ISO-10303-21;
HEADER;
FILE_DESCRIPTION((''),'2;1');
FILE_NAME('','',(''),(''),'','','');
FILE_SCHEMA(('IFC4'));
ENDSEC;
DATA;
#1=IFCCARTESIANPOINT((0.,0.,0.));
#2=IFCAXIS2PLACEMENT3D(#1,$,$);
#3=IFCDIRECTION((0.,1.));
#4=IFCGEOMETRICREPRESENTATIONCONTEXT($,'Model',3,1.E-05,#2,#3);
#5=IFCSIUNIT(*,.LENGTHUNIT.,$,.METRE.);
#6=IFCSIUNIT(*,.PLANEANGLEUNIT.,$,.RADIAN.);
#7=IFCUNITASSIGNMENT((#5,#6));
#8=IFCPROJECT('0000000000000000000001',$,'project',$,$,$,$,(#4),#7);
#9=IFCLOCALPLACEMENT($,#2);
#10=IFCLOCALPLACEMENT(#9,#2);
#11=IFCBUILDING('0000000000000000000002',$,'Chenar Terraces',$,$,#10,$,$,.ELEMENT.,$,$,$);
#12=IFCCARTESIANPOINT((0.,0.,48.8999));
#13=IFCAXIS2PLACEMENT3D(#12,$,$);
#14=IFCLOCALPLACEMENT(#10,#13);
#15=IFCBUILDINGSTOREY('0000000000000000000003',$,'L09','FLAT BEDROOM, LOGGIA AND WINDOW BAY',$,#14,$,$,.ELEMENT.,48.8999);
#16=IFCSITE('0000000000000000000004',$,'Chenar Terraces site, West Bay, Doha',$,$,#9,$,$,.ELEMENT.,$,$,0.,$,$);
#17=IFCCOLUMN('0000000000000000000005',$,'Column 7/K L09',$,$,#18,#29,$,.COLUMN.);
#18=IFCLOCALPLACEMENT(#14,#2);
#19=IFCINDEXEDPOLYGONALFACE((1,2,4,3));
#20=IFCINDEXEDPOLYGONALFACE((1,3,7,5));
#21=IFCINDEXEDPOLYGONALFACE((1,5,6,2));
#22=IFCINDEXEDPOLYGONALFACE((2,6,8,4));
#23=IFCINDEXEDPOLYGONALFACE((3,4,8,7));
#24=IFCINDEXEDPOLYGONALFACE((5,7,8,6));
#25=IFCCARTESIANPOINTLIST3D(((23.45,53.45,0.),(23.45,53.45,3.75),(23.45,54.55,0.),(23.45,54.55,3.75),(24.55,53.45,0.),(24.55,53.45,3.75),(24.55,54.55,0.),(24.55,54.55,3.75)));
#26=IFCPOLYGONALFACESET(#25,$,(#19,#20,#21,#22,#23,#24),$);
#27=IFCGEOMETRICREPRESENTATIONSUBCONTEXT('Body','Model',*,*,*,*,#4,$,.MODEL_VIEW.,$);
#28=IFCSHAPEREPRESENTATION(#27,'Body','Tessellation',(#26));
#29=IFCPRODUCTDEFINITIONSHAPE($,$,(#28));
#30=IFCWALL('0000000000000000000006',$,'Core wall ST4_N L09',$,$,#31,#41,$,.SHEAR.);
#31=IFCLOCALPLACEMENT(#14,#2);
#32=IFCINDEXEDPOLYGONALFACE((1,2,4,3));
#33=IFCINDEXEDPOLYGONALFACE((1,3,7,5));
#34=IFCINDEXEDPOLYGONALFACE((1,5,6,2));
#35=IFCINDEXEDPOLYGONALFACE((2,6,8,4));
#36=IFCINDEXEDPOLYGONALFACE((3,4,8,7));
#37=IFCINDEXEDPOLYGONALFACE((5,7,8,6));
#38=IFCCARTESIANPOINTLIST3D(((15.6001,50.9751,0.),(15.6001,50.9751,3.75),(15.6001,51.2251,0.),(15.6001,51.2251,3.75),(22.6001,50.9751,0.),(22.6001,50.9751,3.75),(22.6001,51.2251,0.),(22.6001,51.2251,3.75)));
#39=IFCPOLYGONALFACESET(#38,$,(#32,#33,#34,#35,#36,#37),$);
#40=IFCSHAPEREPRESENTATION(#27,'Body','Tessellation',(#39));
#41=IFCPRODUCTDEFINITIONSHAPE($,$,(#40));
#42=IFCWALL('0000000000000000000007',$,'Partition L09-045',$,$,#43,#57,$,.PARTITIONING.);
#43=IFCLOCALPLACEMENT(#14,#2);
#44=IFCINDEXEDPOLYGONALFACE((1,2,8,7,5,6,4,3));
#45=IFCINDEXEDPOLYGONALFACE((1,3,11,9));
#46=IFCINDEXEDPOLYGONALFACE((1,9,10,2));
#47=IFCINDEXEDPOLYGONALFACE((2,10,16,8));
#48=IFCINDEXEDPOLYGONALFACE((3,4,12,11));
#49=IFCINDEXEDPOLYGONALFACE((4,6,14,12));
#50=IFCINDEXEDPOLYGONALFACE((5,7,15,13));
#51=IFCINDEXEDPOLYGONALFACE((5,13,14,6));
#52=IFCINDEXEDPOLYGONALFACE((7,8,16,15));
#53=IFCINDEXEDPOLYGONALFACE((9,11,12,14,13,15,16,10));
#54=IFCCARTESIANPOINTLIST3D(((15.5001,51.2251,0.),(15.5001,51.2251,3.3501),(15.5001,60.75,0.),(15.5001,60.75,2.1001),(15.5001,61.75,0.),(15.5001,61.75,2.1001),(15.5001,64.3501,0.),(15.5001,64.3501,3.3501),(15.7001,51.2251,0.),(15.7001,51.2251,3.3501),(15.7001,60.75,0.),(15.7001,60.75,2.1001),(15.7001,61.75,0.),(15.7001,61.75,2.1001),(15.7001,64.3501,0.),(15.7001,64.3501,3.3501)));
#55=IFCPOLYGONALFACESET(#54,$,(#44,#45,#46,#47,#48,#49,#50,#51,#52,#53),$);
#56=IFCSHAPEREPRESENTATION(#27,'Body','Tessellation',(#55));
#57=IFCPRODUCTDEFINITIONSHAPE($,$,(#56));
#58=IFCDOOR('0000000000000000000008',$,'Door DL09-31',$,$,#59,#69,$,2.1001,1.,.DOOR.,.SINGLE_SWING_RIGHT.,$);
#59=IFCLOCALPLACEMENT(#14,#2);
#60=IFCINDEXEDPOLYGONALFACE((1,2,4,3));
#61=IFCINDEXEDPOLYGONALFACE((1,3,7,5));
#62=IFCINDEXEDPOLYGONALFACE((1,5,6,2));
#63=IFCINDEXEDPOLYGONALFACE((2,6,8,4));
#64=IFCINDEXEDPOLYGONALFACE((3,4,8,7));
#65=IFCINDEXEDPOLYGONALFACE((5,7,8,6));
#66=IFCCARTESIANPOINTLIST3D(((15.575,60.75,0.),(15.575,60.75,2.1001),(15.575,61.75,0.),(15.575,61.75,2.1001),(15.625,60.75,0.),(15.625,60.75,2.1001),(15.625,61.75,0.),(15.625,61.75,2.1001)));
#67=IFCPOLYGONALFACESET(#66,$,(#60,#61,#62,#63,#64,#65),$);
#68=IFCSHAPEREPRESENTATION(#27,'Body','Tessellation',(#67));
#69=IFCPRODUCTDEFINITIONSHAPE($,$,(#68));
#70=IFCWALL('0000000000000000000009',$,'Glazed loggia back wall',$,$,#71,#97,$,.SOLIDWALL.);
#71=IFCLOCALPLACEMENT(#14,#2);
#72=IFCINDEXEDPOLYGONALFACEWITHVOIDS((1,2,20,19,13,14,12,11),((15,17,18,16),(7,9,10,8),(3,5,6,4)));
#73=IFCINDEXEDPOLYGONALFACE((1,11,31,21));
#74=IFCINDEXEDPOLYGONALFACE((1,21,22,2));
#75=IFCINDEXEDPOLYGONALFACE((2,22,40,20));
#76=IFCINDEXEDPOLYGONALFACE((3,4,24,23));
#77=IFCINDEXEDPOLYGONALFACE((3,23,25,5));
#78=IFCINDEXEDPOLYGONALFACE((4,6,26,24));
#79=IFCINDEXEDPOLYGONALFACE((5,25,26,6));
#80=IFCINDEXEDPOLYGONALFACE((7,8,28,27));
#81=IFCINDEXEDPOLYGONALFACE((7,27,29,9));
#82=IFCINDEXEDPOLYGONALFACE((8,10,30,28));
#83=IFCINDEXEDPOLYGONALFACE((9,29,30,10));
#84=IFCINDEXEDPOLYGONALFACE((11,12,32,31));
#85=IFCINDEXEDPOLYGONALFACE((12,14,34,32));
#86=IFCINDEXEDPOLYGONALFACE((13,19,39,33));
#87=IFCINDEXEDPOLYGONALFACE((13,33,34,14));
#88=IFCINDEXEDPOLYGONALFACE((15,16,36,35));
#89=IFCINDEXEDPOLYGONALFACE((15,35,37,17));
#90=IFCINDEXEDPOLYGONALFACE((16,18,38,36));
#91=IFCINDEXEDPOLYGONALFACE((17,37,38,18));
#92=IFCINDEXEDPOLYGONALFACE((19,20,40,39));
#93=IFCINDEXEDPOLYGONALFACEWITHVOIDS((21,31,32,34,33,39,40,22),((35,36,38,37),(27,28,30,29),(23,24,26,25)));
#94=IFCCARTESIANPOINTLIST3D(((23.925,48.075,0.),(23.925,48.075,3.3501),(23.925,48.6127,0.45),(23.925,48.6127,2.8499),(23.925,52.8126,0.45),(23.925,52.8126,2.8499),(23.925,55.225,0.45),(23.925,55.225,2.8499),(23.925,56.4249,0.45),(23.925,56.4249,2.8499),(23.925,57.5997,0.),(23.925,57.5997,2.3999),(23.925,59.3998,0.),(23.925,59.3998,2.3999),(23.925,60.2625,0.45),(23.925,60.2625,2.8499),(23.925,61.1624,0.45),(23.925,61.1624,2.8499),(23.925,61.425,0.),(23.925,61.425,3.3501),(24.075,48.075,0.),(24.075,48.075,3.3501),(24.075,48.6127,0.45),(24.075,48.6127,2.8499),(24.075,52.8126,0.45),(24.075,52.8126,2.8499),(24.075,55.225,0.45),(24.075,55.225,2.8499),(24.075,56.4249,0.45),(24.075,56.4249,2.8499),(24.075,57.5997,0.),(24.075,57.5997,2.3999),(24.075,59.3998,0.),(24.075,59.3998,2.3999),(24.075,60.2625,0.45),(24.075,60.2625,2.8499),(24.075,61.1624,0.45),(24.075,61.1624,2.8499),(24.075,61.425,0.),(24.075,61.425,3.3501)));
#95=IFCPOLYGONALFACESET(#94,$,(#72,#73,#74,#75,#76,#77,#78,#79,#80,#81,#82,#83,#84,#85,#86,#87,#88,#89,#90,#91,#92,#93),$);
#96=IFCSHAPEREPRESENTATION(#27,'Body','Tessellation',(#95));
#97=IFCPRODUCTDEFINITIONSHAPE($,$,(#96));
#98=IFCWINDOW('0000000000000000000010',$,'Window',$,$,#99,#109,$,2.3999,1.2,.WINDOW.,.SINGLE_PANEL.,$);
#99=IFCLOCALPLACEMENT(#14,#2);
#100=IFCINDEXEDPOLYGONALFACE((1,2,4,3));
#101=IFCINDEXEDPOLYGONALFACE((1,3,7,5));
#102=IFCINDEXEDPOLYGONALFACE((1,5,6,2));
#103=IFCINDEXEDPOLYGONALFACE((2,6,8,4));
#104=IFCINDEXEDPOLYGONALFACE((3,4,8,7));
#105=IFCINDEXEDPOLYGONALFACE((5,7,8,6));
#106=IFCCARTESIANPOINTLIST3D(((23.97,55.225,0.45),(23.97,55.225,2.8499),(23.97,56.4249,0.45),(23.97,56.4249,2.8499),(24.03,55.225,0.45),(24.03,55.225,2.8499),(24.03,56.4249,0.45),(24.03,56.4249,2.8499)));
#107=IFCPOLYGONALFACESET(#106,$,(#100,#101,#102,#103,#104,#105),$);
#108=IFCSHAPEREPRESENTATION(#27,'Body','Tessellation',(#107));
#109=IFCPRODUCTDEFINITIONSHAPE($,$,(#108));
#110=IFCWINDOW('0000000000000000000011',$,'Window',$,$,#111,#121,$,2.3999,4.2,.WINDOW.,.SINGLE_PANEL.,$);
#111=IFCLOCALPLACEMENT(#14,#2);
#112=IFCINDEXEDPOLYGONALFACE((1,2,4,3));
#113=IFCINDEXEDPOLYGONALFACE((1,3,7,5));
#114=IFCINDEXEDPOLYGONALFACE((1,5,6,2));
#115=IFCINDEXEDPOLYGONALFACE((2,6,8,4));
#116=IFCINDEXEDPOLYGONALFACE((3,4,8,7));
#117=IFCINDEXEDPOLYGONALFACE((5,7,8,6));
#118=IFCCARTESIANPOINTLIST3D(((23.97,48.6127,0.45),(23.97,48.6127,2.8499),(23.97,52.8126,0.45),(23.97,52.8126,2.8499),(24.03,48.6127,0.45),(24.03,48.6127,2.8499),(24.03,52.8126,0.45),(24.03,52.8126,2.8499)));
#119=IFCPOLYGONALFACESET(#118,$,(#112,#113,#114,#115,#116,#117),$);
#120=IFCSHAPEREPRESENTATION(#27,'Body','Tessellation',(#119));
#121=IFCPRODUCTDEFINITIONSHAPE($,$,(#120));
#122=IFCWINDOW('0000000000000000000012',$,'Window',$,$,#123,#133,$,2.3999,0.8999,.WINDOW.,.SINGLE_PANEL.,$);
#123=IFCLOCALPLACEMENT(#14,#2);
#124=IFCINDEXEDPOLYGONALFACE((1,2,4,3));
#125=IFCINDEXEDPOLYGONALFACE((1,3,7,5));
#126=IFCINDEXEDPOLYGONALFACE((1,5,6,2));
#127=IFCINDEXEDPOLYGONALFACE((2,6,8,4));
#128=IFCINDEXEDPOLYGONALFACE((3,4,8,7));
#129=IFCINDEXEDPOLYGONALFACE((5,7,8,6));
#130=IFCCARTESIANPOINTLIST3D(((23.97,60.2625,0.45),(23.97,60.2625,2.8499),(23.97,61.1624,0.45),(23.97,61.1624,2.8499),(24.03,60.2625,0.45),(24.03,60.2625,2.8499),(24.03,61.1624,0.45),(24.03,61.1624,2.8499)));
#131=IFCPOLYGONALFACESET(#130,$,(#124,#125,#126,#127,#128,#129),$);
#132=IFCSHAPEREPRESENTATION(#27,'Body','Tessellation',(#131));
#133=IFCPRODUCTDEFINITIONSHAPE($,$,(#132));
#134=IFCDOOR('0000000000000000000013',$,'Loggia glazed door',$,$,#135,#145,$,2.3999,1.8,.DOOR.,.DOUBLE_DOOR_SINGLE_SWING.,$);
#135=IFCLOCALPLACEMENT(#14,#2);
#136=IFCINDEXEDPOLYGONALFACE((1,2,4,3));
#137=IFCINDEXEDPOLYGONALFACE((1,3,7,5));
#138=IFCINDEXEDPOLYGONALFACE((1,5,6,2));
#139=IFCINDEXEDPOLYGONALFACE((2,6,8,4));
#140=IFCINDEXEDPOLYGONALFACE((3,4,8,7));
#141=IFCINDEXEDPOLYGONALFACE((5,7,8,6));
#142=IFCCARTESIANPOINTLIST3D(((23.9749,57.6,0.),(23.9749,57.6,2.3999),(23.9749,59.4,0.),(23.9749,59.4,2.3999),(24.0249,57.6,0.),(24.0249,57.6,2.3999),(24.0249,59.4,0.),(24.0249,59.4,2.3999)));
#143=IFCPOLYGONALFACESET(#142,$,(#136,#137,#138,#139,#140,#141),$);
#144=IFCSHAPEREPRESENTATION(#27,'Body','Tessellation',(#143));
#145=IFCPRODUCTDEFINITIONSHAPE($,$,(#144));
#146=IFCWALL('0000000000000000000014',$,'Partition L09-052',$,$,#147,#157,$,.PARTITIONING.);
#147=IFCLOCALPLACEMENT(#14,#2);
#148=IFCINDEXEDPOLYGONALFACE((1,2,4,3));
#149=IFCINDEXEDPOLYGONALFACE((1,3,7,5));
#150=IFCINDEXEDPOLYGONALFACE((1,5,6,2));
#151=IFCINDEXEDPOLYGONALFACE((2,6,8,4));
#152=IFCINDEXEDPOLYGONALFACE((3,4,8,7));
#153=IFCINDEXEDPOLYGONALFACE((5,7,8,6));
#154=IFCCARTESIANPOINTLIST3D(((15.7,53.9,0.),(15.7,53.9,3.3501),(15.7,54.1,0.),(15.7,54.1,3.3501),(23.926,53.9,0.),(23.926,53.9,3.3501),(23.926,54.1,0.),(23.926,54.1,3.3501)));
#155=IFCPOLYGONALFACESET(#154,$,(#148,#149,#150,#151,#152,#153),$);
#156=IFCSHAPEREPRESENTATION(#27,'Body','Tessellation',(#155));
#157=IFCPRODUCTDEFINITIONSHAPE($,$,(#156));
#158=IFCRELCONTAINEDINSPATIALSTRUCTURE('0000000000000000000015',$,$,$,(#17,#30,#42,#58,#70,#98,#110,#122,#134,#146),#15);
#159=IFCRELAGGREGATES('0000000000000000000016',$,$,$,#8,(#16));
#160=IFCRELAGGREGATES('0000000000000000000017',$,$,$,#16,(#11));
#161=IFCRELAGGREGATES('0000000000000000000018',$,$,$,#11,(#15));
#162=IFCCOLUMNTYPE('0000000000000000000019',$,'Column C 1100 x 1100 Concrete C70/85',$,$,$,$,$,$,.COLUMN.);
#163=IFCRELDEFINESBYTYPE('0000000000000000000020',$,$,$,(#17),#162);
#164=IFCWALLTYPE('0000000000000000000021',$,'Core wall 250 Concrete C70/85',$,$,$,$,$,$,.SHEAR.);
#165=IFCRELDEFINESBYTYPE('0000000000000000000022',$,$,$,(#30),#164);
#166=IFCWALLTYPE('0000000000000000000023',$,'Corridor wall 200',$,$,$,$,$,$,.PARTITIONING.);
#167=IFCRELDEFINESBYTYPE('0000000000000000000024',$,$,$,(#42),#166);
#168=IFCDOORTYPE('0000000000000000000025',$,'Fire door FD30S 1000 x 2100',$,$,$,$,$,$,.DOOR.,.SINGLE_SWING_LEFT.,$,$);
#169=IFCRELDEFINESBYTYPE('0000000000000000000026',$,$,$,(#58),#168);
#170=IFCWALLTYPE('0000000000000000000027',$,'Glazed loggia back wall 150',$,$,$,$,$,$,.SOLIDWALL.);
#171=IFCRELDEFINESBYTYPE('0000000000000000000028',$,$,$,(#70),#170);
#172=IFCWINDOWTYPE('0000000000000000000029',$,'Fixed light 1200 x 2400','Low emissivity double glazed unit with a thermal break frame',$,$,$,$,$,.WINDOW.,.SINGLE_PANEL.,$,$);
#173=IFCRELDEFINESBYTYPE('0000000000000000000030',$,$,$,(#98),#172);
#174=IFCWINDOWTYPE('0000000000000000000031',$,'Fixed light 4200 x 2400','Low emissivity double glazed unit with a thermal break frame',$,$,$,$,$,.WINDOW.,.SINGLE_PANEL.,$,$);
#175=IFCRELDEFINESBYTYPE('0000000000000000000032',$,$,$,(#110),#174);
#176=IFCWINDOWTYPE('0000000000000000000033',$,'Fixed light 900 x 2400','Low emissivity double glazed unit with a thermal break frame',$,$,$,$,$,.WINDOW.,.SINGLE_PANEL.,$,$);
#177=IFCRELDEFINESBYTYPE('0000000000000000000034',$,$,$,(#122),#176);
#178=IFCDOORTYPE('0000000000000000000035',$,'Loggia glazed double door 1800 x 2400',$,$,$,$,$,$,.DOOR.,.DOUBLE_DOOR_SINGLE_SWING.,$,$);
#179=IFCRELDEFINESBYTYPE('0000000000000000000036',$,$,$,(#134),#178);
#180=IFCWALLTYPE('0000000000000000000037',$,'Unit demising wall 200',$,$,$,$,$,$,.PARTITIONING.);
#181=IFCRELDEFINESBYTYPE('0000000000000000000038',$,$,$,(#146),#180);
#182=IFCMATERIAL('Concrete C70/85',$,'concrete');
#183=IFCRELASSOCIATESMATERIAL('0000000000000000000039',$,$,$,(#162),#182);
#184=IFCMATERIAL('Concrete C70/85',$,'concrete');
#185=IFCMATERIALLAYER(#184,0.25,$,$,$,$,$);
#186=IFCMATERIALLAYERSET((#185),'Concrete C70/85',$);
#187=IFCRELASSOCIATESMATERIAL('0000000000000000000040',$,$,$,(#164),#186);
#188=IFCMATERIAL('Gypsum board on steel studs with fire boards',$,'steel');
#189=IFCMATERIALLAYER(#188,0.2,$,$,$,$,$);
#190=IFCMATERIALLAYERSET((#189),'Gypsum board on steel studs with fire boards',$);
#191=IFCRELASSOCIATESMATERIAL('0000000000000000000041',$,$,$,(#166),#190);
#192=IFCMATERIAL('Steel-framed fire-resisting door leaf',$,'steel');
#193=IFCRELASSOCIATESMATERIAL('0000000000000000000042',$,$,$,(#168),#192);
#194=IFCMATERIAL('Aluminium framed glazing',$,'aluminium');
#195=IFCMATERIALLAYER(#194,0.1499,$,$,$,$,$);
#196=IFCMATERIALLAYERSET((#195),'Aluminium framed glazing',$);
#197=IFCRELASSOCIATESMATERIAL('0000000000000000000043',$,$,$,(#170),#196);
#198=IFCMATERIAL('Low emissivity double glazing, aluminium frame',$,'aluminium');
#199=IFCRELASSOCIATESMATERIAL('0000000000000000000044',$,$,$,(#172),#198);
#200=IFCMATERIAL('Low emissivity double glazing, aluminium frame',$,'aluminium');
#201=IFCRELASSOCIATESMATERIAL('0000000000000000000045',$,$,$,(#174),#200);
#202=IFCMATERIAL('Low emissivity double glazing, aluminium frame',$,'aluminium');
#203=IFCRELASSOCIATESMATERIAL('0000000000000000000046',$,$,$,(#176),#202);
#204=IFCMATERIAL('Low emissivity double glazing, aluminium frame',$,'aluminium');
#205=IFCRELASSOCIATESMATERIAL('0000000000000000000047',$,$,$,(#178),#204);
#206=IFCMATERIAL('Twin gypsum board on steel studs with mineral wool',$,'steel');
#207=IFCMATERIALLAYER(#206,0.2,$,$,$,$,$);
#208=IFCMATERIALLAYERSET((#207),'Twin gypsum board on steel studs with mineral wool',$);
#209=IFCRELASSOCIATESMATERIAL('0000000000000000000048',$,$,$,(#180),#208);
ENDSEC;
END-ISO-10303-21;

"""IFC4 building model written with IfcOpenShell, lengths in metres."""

from ifc_helpers import new_model, si_unit, direction, frame, frame_2d, origin, origin_2d, place, context, subcontext, project, spatial, rectangle, extrude, material, layer, layer_set, material_profile, profile_set, type_object, element, fill, save


model = new_model("IFC4")

# Units and contexts
model_context = context("Model", 3, precision=1e-05, world=origin(), true_north=direction((0.0, 1.0)))
body_context = subcontext(model_context, "Body", "Model", "MODEL_VIEW")
ifc_project = project(units=[si_unit("LENGTHUNIT", "METRE"), si_unit("PLANEANGLEUNIT", "RADIAN")], contexts=[model_context])

# Site, building, storey
site_placement = place(None, origin())
site = spatial("IfcSite", under=ifc_project, at=site_placement, Name="Chenar Terraces site, West Bay, Doha", CompositionType="ELEMENT", RefElevation=0.0)
building_placement = place(site_placement, origin())
building = spatial("IfcBuilding", under=site, at=building_placement, Name="Chenar Terraces", CompositionType="ELEMENT")
storey_placement = place(building_placement, frame((0.0, 0.0, 48.8999)))
storey = spatial("IfcBuildingStorey", under=building, at=storey_placement, Name="L09", Description="FLAT BEDROOM, LOGGIA AND WINDOW BAY", CompositionType="ELEMENT", Elevation=48.8999)

# Column
ifc_material_1 = material(Name="Concrete C70/85", Category="concrete")
ifc_material_profile = material_profile(ifc_material_1, rectangle(XDim=1.1001, YDim=1.1001, at=origin_2d()), Name="C 1100 x 1100")
ifc_profile_set = profile_set([ifc_material_profile], Name="Concrete C70/85")
column_type = type_object("IfcColumnType", Name="Column C 1100 x 1100 Concrete C70/85", PredefinedType="COLUMN", material=ifc_profile_set)
column_placement = place(storey_placement, frame((24.0, 54.0, 0.0), z_axis=(0.0, 0.0, 1.0), x_axis=(1.0, 0.0, 0.0)))
element("IfcColumn", 1, at=column_placement, inside=storey, type_object=column_type, Name="Column 7/K L09", PredefinedType="COLUMN", context=body_context, shape_type="SweptSolid", body=[
    extrude(rectangle(XDim=1.1001, YDim=1.1001, at=origin_2d()), origin(), (0.0, 0.0, 1.0), 3.75),
])

# Wall
ifc_material_2 = material(Name="Concrete C70/85", Category="concrete")
ifc_layer_1 = layer(ifc_material_2, 0.25)
ifc_layer_set_1 = layer_set([ifc_layer_1], Name="Concrete C70/85")
wall_type_1 = type_object("IfcWallType", Name="Core wall 250 Concrete C70/85", PredefinedType="SHEAR", material=ifc_layer_set_1)
wall_1_placement = place(storey_placement, frame((15.6001, 51.1001, 0.0), z_axis=(0.0, 0.0, 1.0), x_axis=(1.0, 0.0, 0.0)))
element("IfcWall", 2, at=wall_1_placement, inside=storey, type_object=wall_type_1, Name="Core wall ST4_N L09", PredefinedType="SHEAR", context=body_context, shape_type="SweptSolid", body=[
    extrude(rectangle(XDim=7.0, YDim=0.25, at=frame_2d((3.5, 0.0))), origin(), (0.0, 0.0, 1.0), 3.75),
])

# Wall, opening, door
ifc_material_3 = material(Name="Gypsum board on steel studs with fire boards", Category="steel")
ifc_layer_2 = layer(ifc_material_3, 0.2)
ifc_layer_set_2 = layer_set([ifc_layer_2], Name="Gypsum board on steel studs with fire boards")
wall_type_2 = type_object("IfcWallType", Name="Corridor wall 200", PredefinedType="PARTITIONING", material=ifc_layer_set_2)
wall_2_placement = place(storey_placement, frame((15.6001, 51.2251, 0.0), z_axis=(0.0, 0.0, 1.0), x_axis=(0.0, 1.0, 0.0)))
wall_2 = element("IfcWall", 3, at=wall_2_placement, inside=storey, type_object=wall_type_2, Name="Partition L09-045", PredefinedType="PARTITIONING", context=body_context, shape_type="SweptSolid", body=[
    extrude(rectangle(XDim=13.125, YDim=0.2, at=frame_2d((6.5625, 0.0))), origin(), (0.0, 0.0, 1.0), 3.3501),
])
opening_1_placement = place(wall_2_placement, frame((9.5249, 0.0, 0.0)))
opening_1 = element("IfcOpeningElement", 4, at=opening_1_placement, cuts=wall_2, PredefinedType="OPENING", context=body_context, shape_type="SweptSolid", body=[
    extrude(rectangle(XDim=1.0, YDim=2.1001, at=frame_2d((0.5, 1.05))), frame((0.0, 0.1099, 0.0), z_axis=(0.0, -1.0, 0.0), x_axis=(1.0, 0.0, 0.0)), (0.0, 0.0, 1.0), 0.22),
])
ifc_material_4 = material(Name="Steel-framed fire-resisting door leaf", Category="steel")
door_type_1 = type_object("IfcDoorType", Name="Fire door FD30S 1000 x 2100", OperationType="SINGLE_SWING_LEFT", PredefinedType="DOOR", material=ifc_material_4)
door_1_placement = place(opening_1_placement, frame((1.0, 0.0, 0.0), z_axis=(0.0, 0.0, 1.0), x_axis=(-1.0, 0.0, 0.0)))
door_1 = element("IfcDoor", 5, at=door_1_placement, inside=storey, type_object=door_type_1, Name="Door DL09-31", OperationType="SINGLE_SWING_RIGHT", OverallHeight=2.1001, OverallWidth=1.0, PredefinedType="DOOR", context=body_context, shape_type="SweptSolid", body=[
    extrude(rectangle(XDim=1.0, YDim=2.1001, at=frame_2d((0.5, 1.05))), frame((0.0, 0.0249, 0.0), z_axis=(0.0, -1.0, 0.0), x_axis=(1.0, 0.0, 0.0)), (0.0, 0.0, 1.0), 0.05),
])
fill(opening_1, door_1)

# Wall, openings, windows, door
ifc_material_5 = material(Name="Aluminium framed glazing", Category="aluminium")
ifc_layer_3 = layer(ifc_material_5, 0.1499)
ifc_layer_set_3 = layer_set([ifc_layer_3], Name="Aluminium framed glazing")
wall_type_3 = type_object("IfcWallType", Name="Glazed loggia back wall 150", PredefinedType="SOLIDWALL", material=ifc_layer_set_3)
wall_3_placement = place(storey_placement, frame((24.0, 48.075, 0.0), z_axis=(0.0, 0.0, 1.0), x_axis=(0.0, 1.0, 0.0)))
wall_3 = element("IfcWall", 6, at=wall_3_placement, inside=storey, type_object=wall_type_3, Name="Glazed loggia back wall", PredefinedType="SOLIDWALL", context=body_context, shape_type="SweptSolid", body=[
    extrude(rectangle(XDim=13.3501, YDim=0.1499, at=frame_2d((6.675, 0.0))), origin(), (0.0, 0.0, 1.0), 3.3501),
])
opening_2_placement = place(wall_3_placement, frame((0.5376, 0.0, 0.45)))
opening_2 = element("IfcOpeningElement", 7, at=opening_2_placement, cuts=wall_3, PredefinedType="OPENING", context=body_context, shape_type="SweptSolid", body=[
    extrude(rectangle(XDim=4.2, YDim=2.3999, at=frame_2d((2.1001, 1.2))), frame((0.0, 0.085, 0.0), z_axis=(0.0, -1.0, 0.0), x_axis=(1.0, 0.0, 0.0)), (0.0, 0.0, 1.0), 0.1699),
])
opening_3_placement = place(wall_3_placement, frame((7.1499, 0.0, 0.45)))
opening_3 = element("IfcOpeningElement", 8, at=opening_3_placement, cuts=wall_3, PredefinedType="OPENING", context=body_context, shape_type="SweptSolid", body=[
    extrude(rectangle(XDim=1.2, YDim=2.3999, at=frame_2d((0.6001, 1.2))), frame((0.0, 0.085, 0.0), z_axis=(0.0, -1.0, 0.0), x_axis=(1.0, 0.0, 0.0)), (0.0, 0.0, 1.0), 0.1699),
])
opening_4_placement = place(wall_3_placement, frame((9.5249, 0.0, 0.0)))
opening_4 = element("IfcOpeningElement", 9, at=opening_4_placement, cuts=wall_3, PredefinedType="OPENING", context=body_context, shape_type="SweptSolid", body=[
    extrude(rectangle(XDim=1.8, YDim=2.3999, at=frame_2d((0.8999, 1.2))), frame((0.0, 0.085, 0.0), z_axis=(0.0, -1.0, 0.0), x_axis=(1.0, 0.0, 0.0)), (0.0, 0.0, 1.0), 0.1699),
])
opening_5_placement = place(wall_3_placement, frame((12.1875, 0.0, 0.45)))
opening_5 = element("IfcOpeningElement", 10, at=opening_5_placement, cuts=wall_3, PredefinedType="OPENING", context=body_context, shape_type="SweptSolid", body=[
    extrude(rectangle(XDim=0.8999, YDim=2.3999, at=frame_2d((0.45, 1.2))), frame((0.0, 0.085, 0.0), z_axis=(0.0, -1.0, 0.0), x_axis=(1.0, 0.0, 0.0)), (0.0, 0.0, 1.0), 0.1699),
])
ifc_material_6 = material(Name="Low emissivity double glazing, aluminium frame", Category="aluminium")
window_type_1 = type_object("IfcWindowType", Name="Fixed light 1200 x 2400", Description="Low emissivity double glazed unit with a thermal break frame", PartitioningType="SINGLE_PANEL", PredefinedType="WINDOW", material=ifc_material_6)
window_1_placement = place(opening_3_placement, origin())
window_1 = element("IfcWindow", 11, at=window_1_placement, inside=storey, type_object=window_type_1, Name="Window", OverallHeight=2.3999, OverallWidth=1.2, PartitioningType="SINGLE_PANEL", PredefinedType="WINDOW", context=body_context, shape_type="SweptSolid", body=[
    extrude(rectangle(XDim=1.2, YDim=2.3999, at=frame_2d((0.6001, 1.2))), frame((0.0, 0.03, 0.0), z_axis=(0.0, -1.0, 0.0), x_axis=(1.0, 0.0, 0.0)), (0.0, 0.0, 1.0), 0.0601),
])
fill(opening_3, window_1)
ifc_material_7 = material(Name="Low emissivity double glazing, aluminium frame", Category="aluminium")
window_type_2 = type_object("IfcWindowType", Name="Fixed light 4200 x 2400", Description="Low emissivity double glazed unit with a thermal break frame", PartitioningType="SINGLE_PANEL", PredefinedType="WINDOW", material=ifc_material_7)
window_2_placement = place(opening_2_placement, origin())
window_2 = element("IfcWindow", 12, at=window_2_placement, inside=storey, type_object=window_type_2, Name="Window", OverallHeight=2.3999, OverallWidth=4.2, PartitioningType="SINGLE_PANEL", PredefinedType="WINDOW", context=body_context, shape_type="SweptSolid", body=[
    extrude(rectangle(XDim=4.2, YDim=2.3999, at=frame_2d((2.1001, 1.2))), frame((0.0, 0.03, 0.0), z_axis=(0.0, -1.0, 0.0), x_axis=(1.0, 0.0, 0.0)), (0.0, 0.0, 1.0), 0.0601),
])
fill(opening_2, window_2)
ifc_material_8 = material(Name="Low emissivity double glazing, aluminium frame", Category="aluminium")
window_type_3 = type_object("IfcWindowType", Name="Fixed light 900 x 2400", Description="Low emissivity double glazed unit with a thermal break frame", PartitioningType="SINGLE_PANEL", PredefinedType="WINDOW", material=ifc_material_8)
window_3_placement = place(opening_5_placement, origin())
window_3 = element("IfcWindow", 13, at=window_3_placement, inside=storey, type_object=window_type_3, Name="Window", OverallHeight=2.3999, OverallWidth=0.8999, PartitioningType="SINGLE_PANEL", PredefinedType="WINDOW", context=body_context, shape_type="SweptSolid", body=[
    extrude(rectangle(XDim=0.8999, YDim=2.3999, at=frame_2d((0.45, 1.2))), frame((0.0, 0.03, 0.0), z_axis=(0.0, -1.0, 0.0), x_axis=(1.0, 0.0, 0.0)), (0.0, 0.0, 1.0), 0.0601),
])
fill(opening_5, window_3)
ifc_material_9 = material(Name="Low emissivity double glazing, aluminium frame", Category="aluminium")
door_type_2 = type_object("IfcDoorType", Name="Loggia glazed double door 1800 x 2400", OperationType="DOUBLE_DOOR_SINGLE_SWING", PredefinedType="DOOR", material=ifc_material_9)
door_2_placement = place(opening_4_placement, frame((1.8, 0.0, 0.0), z_axis=(0.0, 0.0, 1.0), x_axis=(-1.0, 0.0, 0.0)))
door_2 = element("IfcDoor", 14, at=door_2_placement, inside=storey, type_object=door_type_2, Name="Loggia glazed door", OperationType="DOUBLE_DOOR_SINGLE_SWING", OverallHeight=2.3999, OverallWidth=1.8, PredefinedType="DOOR", context=body_context, shape_type="SweptSolid", body=[
    extrude(rectangle(XDim=1.8, YDim=2.3999, at=frame_2d((0.8999, 1.2))), frame((0.0, 0.0249, 0.0), z_axis=(0.0, -1.0, 0.0), x_axis=(1.0, 0.0, 0.0)), (0.0, 0.0, 1.0), 0.05),
])
fill(opening_4, door_2)

# Wall
ifc_material_10 = material(Name="Twin gypsum board on steel studs with mineral wool", Category="steel")
ifc_layer_4 = layer(ifc_material_10, 0.2)
ifc_layer_set_4 = layer_set([ifc_layer_4], Name="Twin gypsum board on steel studs with mineral wool")
wall_type_4 = type_object("IfcWallType", Name="Unit demising wall 200", PredefinedType="PARTITIONING", material=ifc_layer_set_4)
wall_4_placement = place(storey_placement, frame((15.7, 54.0, 0.0), z_axis=(0.0, 0.0, 1.0), x_axis=(1.0, 0.0, 0.0)))
element("IfcWall", 15, at=wall_4_placement, inside=storey, type_object=wall_type_4, Name="Partition L09-052", PredefinedType="PARTITIONING", context=body_context, shape_type="SweptSolid", body=[
    extrude(rectangle(XDim=8.2261, YDim=0.2, at=frame_2d((4.113, 0.0))), origin(), (0.0, 0.0, 1.0), 3.3501),
])

save(model, "model.ifc")
